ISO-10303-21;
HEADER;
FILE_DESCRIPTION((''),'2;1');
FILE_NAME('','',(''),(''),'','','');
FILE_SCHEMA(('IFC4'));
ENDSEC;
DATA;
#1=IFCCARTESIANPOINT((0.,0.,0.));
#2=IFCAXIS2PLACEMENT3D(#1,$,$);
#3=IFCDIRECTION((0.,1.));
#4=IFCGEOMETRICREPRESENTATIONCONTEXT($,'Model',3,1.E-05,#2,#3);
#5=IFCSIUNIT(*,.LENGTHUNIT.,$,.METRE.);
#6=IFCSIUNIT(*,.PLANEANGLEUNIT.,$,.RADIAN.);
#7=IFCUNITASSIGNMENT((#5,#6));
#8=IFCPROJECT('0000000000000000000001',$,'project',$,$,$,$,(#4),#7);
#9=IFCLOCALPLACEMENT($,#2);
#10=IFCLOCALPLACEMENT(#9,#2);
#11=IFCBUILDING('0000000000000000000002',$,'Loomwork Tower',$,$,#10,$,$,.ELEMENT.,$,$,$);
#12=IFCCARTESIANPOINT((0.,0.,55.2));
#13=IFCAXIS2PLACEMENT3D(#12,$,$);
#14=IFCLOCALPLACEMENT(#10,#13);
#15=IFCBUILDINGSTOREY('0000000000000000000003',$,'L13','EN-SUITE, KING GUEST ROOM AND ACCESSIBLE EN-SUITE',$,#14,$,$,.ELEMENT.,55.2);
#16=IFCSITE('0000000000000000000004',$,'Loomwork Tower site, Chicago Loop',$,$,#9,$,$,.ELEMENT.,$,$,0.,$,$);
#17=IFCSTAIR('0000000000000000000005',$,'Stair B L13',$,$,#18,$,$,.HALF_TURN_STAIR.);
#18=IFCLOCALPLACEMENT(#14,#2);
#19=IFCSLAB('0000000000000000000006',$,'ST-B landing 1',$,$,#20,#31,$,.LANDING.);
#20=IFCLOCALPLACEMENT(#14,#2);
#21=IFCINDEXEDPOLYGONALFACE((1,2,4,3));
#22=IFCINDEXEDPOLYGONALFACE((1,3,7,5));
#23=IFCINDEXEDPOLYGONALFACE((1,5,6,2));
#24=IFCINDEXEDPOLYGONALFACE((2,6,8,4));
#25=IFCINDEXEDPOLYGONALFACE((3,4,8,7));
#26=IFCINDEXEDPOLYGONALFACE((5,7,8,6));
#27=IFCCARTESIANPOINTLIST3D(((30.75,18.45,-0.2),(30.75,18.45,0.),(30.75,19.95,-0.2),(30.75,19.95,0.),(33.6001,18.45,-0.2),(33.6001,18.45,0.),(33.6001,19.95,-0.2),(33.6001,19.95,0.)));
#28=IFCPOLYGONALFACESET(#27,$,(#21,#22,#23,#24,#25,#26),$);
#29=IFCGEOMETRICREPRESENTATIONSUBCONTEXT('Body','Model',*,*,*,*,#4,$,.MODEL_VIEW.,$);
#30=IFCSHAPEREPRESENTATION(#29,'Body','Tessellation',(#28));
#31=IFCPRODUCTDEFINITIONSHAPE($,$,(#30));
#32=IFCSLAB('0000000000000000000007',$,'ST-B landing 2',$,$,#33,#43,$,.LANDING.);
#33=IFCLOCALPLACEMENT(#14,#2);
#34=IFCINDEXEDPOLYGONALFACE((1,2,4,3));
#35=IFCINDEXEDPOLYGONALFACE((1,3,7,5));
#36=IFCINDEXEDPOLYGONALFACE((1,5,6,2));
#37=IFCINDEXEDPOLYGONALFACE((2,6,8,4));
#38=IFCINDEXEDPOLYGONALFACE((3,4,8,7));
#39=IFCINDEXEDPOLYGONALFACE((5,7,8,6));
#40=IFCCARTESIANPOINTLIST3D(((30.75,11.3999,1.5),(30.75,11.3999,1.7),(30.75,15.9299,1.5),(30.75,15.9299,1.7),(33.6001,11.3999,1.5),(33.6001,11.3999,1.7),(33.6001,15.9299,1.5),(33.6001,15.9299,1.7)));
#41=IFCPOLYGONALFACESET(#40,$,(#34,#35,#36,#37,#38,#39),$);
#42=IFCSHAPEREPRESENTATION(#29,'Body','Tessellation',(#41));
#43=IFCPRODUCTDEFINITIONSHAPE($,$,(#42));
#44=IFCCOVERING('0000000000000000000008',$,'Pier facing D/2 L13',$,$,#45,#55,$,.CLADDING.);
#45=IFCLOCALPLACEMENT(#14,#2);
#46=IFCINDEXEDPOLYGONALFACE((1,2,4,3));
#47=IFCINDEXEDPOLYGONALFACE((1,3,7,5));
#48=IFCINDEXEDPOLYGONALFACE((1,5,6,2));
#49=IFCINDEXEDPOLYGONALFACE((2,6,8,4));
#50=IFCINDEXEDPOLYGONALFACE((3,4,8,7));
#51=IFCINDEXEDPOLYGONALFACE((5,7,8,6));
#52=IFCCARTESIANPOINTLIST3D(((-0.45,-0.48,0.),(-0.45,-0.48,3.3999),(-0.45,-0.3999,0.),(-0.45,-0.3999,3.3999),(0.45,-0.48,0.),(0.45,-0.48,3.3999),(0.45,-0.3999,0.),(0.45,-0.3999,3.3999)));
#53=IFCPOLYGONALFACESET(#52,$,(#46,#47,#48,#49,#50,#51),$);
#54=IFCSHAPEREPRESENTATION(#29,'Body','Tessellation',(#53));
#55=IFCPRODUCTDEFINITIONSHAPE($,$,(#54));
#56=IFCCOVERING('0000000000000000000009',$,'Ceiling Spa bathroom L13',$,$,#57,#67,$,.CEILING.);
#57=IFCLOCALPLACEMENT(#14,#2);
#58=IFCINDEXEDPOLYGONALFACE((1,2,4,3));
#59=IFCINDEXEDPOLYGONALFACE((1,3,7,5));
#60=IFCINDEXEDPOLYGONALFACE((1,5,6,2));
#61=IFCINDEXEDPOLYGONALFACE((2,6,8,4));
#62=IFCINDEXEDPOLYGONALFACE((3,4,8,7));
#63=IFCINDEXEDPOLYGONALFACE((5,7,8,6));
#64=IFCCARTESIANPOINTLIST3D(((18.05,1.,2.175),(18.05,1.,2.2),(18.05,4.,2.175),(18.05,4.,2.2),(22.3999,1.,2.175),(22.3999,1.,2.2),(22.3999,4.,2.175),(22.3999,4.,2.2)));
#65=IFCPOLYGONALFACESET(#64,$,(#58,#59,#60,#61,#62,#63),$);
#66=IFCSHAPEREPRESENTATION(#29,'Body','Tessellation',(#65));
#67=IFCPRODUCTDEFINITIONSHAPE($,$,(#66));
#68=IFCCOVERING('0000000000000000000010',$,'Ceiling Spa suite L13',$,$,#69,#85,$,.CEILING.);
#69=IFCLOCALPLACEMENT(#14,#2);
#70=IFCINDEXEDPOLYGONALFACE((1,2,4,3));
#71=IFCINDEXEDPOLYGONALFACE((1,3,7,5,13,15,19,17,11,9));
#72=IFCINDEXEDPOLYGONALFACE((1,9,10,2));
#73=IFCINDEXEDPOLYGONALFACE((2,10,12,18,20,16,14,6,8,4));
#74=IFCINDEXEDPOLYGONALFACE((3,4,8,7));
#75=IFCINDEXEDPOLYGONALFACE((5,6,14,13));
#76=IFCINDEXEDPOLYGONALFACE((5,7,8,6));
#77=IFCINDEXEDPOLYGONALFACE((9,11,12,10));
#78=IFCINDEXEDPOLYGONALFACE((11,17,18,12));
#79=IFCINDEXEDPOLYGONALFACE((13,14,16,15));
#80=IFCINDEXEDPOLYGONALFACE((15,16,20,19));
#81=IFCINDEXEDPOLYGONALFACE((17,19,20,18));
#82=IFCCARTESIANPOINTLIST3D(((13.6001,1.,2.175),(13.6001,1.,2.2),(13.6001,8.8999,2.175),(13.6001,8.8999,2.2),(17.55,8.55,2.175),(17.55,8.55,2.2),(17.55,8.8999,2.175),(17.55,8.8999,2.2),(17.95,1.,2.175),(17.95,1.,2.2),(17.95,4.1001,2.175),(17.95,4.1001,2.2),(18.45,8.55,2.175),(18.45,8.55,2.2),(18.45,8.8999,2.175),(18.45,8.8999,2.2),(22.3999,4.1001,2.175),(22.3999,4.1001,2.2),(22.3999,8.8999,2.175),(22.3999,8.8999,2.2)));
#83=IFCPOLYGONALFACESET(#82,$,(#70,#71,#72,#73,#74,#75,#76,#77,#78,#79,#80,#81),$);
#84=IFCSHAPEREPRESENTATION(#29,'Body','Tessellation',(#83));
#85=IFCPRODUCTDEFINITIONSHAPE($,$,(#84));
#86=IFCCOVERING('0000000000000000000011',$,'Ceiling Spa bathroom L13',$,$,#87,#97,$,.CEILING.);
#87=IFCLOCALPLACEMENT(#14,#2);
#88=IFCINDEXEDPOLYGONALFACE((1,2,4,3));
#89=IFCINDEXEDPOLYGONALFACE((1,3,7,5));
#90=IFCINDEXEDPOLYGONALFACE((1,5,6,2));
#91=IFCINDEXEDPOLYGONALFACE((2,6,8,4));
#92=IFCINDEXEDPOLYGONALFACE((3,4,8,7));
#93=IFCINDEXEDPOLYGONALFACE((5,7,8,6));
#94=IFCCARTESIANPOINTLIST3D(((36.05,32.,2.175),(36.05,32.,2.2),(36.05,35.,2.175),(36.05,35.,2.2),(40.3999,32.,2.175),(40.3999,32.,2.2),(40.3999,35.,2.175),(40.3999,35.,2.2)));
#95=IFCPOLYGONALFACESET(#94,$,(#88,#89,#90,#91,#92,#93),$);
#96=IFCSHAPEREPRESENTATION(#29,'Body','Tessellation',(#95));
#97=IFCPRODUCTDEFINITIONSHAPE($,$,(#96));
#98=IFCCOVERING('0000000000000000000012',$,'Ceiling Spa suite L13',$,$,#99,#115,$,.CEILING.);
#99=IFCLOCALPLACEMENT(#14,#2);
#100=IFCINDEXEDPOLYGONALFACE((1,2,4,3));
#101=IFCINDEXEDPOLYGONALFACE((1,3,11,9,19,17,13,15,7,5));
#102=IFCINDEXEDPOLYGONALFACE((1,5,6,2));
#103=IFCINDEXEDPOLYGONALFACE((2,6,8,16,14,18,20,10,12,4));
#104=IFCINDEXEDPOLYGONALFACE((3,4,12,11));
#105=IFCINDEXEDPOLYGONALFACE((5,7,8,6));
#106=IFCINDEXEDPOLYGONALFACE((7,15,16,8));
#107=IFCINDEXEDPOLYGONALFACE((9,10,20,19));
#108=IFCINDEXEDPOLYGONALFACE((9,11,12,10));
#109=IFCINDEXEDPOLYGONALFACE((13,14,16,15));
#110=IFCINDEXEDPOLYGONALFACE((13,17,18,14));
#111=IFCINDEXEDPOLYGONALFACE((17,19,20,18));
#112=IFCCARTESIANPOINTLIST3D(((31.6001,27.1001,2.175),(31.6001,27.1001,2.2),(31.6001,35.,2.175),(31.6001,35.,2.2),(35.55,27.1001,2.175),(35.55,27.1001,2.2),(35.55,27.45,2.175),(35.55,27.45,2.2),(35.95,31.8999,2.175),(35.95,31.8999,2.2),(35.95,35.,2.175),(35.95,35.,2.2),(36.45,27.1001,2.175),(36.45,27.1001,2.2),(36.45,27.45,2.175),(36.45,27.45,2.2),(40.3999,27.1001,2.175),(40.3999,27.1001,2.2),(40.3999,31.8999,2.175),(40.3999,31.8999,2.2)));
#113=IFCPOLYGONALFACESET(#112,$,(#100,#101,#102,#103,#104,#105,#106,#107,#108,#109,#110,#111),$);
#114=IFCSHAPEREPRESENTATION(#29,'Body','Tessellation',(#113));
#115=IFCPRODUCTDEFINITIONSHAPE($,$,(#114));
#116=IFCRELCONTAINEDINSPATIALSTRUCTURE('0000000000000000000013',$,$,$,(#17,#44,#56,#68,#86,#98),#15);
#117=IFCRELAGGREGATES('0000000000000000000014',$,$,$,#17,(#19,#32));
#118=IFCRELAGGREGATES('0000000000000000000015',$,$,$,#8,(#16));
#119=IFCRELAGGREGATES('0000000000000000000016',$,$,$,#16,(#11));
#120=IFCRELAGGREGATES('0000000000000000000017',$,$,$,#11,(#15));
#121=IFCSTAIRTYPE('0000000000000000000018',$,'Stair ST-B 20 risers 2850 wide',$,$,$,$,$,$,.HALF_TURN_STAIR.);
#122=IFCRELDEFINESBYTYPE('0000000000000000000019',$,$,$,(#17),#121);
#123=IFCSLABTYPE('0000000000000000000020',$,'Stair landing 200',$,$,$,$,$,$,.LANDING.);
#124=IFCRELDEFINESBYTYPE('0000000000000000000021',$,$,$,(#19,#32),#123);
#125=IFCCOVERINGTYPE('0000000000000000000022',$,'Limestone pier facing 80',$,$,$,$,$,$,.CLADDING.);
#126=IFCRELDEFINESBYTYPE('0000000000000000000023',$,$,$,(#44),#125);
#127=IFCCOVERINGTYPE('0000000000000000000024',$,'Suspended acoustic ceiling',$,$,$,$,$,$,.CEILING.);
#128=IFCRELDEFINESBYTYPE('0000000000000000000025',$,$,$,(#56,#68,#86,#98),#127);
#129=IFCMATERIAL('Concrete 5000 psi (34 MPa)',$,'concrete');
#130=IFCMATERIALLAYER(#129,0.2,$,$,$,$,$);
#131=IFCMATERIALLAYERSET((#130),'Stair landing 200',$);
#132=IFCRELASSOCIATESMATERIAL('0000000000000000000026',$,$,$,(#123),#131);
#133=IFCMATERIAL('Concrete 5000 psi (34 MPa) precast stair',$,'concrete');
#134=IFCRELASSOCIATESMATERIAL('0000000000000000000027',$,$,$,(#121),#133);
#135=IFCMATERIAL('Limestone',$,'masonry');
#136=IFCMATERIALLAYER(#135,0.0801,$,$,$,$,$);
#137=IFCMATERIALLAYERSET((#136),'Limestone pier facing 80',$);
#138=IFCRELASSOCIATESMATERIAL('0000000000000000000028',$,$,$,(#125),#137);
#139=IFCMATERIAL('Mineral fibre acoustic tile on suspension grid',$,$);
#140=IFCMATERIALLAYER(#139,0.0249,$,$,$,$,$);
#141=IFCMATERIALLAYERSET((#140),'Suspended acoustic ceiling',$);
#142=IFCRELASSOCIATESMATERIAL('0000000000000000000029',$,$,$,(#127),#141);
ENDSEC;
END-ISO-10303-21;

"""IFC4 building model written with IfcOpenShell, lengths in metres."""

from ifc_helpers import new_model, si_unit, direction, frame, origin, origin_2d, place, context, subcontext, project, spatial, polyline, rectangle, outline, extrude, material, layer, layer_set, type_object, element, aggregate, save


model = new_model("IFC4")

# Units and contexts
model_context = context("Model", 3, precision=1e-05, world=origin(), true_north=direction((0.0, 1.0)))
body_context = subcontext(model_context, "Body", "Model", "MODEL_VIEW")
ifc_project = project(units=[si_unit("LENGTHUNIT", "METRE"), si_unit("PLANEANGLEUNIT", "RADIAN")], contexts=[model_context])

# Site, building, storey
site_placement = place(None, origin())
site = spatial("IfcSite", under=ifc_project, at=site_placement, Name="Loomwork Tower site, Chicago Loop", CompositionType="ELEMENT", RefElevation=0.0)
building_placement = place(site_placement, origin())
building = spatial("IfcBuilding", under=site, at=building_placement, Name="Loomwork Tower", CompositionType="ELEMENT")
storey_placement = place(building_placement, frame((0.0, 0.0, 55.2)))
storey = spatial("IfcBuildingStorey", under=building, at=storey_placement, Name="L13", Description="EN-SUITE, KING GUEST ROOM AND ACCESSIBLE EN-SUITE", CompositionType="ELEMENT", Elevation=55.2)

# Stair, slabs
ifc_material_1 = material(Name="Concrete 5000 psi (34 MPa)", Category="concrete")
ifc_layer_1 = layer(ifc_material_1, 0.2)
ifc_layer_set_1 = layer_set([ifc_layer_1], Name="Stair landing 200")
slab_type_1 = type_object("IfcSlabType", Name="Stair landing 200", PredefinedType="LANDING", material=ifc_layer_set_1)
ifc_material_2 = material(Name="Concrete 5000 psi (34 MPa) precast stair", Category="concrete")
stair_type_1 = type_object("IfcStairType", Name="Stair ST-B 20 risers 2850 wide", PredefinedType="HALF_TURN_STAIR", material=ifc_material_2)
stair_1_placement = place(storey_placement, origin())
stair_1 = element("IfcStair", 1, at=stair_1_placement, inside=storey, type_object=stair_type_1, Name="Stair B L13", PredefinedType="HALF_TURN_STAIR")
slab_1_placement = place(storey_placement, frame((0.0, 0.0, -0.2)))
slab_1 = element("IfcSlab", 2, at=slab_1_placement, type_object=slab_type_1, Name="ST-B landing 1", PredefinedType="LANDING", context=body_context, shape_type="SweptSolid", body=[
    extrude(outline(polyline([(30.75, 18.45), (33.6001, 18.45), (33.6001, 19.95), (30.75, 19.95), (30.75, 18.45)])), origin(), (0.0, 0.0, 1.0), 0.2),
])
slab_2_placement = place(storey_placement, frame((0.0, 0.0, 1.5)))
slab_2 = element("IfcSlab", 3, at=slab_2_placement, type_object=slab_type_1, Name="ST-B landing 2", PredefinedType="LANDING", context=body_context, shape_type="SweptSolid", body=[
    extrude(outline(polyline([(30.75, 11.3999), (33.6001, 11.3999), (33.6001, 15.9299), (30.75, 15.9299), (30.75, 11.3999)])), origin(), (0.0, 0.0, 1.0), 0.2),
])
aggregate(stair_1, [slab_1, slab_2])

# Coverings
ifc_material_3 = material(Name="Limestone", Category="masonry")
ifc_layer_2 = layer(ifc_material_3, 0.0801)
ifc_layer_set_2 = layer_set([ifc_layer_2], Name="Limestone pier facing 80")
covering_type_1 = type_object("IfcCoveringType", Name="Limestone pier facing 80", PredefinedType="CLADDING", material=ifc_layer_set_2)
covering_1_placement = place(storey_placement, frame((0.0, -0.4399, 0.0), z_axis=(0.0, 0.0, 1.0), x_axis=(1.0, 0.0, 0.0)))
element("IfcCovering", 4, at=covering_1_placement, inside=storey, type_object=covering_type_1, Name="Pier facing D/2 L13", PredefinedType="CLADDING", context=body_context, shape_type="SweptSolid", body=[
    extrude(rectangle(XDim=0.8999, YDim=0.0801, at=origin_2d()), origin(), (0.0, 0.0, 1.0), 3.3999),
])
ifc_material_4 = material(Name="Mineral fibre acoustic tile on suspension grid")
ifc_layer_3 = layer(ifc_material_4, 0.0249)
ifc_layer_set_3 = layer_set([ifc_layer_3], Name="Suspended acoustic ceiling")
covering_type_2 = type_object("IfcCoveringType", Name="Suspended acoustic ceiling", PredefinedType="CEILING", material=ifc_layer_set_3)
covering_2_placement = place(storey_placement, frame((0.0, 0.0, 2.175)))
element("IfcCovering", 5, at=covering_2_placement, inside=storey, type_object=covering_type_2, Name="Ceiling Spa bathroom L13", PredefinedType="CEILING", context=body_context, shape_type="SweptSolid", body=[
    extrude(outline(polyline([(22.3999, 4.0), (22.3999, 1.0), (18.05, 1.0), (18.05, 4.0), (22.3999, 4.0)])), origin(), (0.0, 0.0, 1.0), 0.0249),
])
covering_3_placement = place(storey_placement, frame((0.0, 0.0, 2.175)))
element("IfcCovering", 6, at=covering_3_placement, inside=storey, type_object=covering_type_2, Name="Ceiling Spa suite L13", PredefinedType="CEILING", context=body_context, shape_type="SweptSolid", body=[
    extrude(outline(polyline([(17.55, 8.8999), (17.55, 8.55), (18.45, 8.55), (18.45, 8.8999), (22.3999, 8.8999), (22.3999, 4.1001), (17.95, 4.1001), (17.95, 1.0), (13.6001, 1.0), (13.6001, 8.8999), (17.55, 8.8999)])), origin(), (0.0, 0.0, 1.0), 0.0249),
])
covering_4_placement = place(storey_placement, frame((0.0, 0.0, 2.175)))
element("IfcCovering", 7, at=covering_4_placement, inside=storey, type_object=covering_type_2, Name="Ceiling Spa bathroom L13", PredefinedType="CEILING", context=body_context, shape_type="SweptSolid", body=[
    extrude(outline(polyline([(36.05, 35.0), (40.3999, 35.0), (40.3999, 32.0), (36.05, 32.0), (36.05, 35.0)])), origin(), (0.0, 0.0, 1.0), 0.0249),
])
covering_5_placement = place(storey_placement, frame((0.0, 0.0, 2.175)))
element("IfcCovering", 8, at=covering_5_placement, inside=storey, type_object=covering_type_2, Name="Ceiling Spa suite L13", PredefinedType="CEILING", context=body_context, shape_type="SweptSolid", body=[
    extrude(outline(polyline([(31.6001, 35.0), (35.95, 35.0), (35.95, 31.8999), (40.3999, 31.8999), (40.3999, 27.1001), (36.45, 27.1001), (36.45, 27.45), (35.55, 27.45), (35.55, 27.1001), (31.6001, 27.1001), (31.6001, 35.0)])), origin(), (0.0, 0.0, 1.0), 0.0249),
])

save(model, "model.ifc")
